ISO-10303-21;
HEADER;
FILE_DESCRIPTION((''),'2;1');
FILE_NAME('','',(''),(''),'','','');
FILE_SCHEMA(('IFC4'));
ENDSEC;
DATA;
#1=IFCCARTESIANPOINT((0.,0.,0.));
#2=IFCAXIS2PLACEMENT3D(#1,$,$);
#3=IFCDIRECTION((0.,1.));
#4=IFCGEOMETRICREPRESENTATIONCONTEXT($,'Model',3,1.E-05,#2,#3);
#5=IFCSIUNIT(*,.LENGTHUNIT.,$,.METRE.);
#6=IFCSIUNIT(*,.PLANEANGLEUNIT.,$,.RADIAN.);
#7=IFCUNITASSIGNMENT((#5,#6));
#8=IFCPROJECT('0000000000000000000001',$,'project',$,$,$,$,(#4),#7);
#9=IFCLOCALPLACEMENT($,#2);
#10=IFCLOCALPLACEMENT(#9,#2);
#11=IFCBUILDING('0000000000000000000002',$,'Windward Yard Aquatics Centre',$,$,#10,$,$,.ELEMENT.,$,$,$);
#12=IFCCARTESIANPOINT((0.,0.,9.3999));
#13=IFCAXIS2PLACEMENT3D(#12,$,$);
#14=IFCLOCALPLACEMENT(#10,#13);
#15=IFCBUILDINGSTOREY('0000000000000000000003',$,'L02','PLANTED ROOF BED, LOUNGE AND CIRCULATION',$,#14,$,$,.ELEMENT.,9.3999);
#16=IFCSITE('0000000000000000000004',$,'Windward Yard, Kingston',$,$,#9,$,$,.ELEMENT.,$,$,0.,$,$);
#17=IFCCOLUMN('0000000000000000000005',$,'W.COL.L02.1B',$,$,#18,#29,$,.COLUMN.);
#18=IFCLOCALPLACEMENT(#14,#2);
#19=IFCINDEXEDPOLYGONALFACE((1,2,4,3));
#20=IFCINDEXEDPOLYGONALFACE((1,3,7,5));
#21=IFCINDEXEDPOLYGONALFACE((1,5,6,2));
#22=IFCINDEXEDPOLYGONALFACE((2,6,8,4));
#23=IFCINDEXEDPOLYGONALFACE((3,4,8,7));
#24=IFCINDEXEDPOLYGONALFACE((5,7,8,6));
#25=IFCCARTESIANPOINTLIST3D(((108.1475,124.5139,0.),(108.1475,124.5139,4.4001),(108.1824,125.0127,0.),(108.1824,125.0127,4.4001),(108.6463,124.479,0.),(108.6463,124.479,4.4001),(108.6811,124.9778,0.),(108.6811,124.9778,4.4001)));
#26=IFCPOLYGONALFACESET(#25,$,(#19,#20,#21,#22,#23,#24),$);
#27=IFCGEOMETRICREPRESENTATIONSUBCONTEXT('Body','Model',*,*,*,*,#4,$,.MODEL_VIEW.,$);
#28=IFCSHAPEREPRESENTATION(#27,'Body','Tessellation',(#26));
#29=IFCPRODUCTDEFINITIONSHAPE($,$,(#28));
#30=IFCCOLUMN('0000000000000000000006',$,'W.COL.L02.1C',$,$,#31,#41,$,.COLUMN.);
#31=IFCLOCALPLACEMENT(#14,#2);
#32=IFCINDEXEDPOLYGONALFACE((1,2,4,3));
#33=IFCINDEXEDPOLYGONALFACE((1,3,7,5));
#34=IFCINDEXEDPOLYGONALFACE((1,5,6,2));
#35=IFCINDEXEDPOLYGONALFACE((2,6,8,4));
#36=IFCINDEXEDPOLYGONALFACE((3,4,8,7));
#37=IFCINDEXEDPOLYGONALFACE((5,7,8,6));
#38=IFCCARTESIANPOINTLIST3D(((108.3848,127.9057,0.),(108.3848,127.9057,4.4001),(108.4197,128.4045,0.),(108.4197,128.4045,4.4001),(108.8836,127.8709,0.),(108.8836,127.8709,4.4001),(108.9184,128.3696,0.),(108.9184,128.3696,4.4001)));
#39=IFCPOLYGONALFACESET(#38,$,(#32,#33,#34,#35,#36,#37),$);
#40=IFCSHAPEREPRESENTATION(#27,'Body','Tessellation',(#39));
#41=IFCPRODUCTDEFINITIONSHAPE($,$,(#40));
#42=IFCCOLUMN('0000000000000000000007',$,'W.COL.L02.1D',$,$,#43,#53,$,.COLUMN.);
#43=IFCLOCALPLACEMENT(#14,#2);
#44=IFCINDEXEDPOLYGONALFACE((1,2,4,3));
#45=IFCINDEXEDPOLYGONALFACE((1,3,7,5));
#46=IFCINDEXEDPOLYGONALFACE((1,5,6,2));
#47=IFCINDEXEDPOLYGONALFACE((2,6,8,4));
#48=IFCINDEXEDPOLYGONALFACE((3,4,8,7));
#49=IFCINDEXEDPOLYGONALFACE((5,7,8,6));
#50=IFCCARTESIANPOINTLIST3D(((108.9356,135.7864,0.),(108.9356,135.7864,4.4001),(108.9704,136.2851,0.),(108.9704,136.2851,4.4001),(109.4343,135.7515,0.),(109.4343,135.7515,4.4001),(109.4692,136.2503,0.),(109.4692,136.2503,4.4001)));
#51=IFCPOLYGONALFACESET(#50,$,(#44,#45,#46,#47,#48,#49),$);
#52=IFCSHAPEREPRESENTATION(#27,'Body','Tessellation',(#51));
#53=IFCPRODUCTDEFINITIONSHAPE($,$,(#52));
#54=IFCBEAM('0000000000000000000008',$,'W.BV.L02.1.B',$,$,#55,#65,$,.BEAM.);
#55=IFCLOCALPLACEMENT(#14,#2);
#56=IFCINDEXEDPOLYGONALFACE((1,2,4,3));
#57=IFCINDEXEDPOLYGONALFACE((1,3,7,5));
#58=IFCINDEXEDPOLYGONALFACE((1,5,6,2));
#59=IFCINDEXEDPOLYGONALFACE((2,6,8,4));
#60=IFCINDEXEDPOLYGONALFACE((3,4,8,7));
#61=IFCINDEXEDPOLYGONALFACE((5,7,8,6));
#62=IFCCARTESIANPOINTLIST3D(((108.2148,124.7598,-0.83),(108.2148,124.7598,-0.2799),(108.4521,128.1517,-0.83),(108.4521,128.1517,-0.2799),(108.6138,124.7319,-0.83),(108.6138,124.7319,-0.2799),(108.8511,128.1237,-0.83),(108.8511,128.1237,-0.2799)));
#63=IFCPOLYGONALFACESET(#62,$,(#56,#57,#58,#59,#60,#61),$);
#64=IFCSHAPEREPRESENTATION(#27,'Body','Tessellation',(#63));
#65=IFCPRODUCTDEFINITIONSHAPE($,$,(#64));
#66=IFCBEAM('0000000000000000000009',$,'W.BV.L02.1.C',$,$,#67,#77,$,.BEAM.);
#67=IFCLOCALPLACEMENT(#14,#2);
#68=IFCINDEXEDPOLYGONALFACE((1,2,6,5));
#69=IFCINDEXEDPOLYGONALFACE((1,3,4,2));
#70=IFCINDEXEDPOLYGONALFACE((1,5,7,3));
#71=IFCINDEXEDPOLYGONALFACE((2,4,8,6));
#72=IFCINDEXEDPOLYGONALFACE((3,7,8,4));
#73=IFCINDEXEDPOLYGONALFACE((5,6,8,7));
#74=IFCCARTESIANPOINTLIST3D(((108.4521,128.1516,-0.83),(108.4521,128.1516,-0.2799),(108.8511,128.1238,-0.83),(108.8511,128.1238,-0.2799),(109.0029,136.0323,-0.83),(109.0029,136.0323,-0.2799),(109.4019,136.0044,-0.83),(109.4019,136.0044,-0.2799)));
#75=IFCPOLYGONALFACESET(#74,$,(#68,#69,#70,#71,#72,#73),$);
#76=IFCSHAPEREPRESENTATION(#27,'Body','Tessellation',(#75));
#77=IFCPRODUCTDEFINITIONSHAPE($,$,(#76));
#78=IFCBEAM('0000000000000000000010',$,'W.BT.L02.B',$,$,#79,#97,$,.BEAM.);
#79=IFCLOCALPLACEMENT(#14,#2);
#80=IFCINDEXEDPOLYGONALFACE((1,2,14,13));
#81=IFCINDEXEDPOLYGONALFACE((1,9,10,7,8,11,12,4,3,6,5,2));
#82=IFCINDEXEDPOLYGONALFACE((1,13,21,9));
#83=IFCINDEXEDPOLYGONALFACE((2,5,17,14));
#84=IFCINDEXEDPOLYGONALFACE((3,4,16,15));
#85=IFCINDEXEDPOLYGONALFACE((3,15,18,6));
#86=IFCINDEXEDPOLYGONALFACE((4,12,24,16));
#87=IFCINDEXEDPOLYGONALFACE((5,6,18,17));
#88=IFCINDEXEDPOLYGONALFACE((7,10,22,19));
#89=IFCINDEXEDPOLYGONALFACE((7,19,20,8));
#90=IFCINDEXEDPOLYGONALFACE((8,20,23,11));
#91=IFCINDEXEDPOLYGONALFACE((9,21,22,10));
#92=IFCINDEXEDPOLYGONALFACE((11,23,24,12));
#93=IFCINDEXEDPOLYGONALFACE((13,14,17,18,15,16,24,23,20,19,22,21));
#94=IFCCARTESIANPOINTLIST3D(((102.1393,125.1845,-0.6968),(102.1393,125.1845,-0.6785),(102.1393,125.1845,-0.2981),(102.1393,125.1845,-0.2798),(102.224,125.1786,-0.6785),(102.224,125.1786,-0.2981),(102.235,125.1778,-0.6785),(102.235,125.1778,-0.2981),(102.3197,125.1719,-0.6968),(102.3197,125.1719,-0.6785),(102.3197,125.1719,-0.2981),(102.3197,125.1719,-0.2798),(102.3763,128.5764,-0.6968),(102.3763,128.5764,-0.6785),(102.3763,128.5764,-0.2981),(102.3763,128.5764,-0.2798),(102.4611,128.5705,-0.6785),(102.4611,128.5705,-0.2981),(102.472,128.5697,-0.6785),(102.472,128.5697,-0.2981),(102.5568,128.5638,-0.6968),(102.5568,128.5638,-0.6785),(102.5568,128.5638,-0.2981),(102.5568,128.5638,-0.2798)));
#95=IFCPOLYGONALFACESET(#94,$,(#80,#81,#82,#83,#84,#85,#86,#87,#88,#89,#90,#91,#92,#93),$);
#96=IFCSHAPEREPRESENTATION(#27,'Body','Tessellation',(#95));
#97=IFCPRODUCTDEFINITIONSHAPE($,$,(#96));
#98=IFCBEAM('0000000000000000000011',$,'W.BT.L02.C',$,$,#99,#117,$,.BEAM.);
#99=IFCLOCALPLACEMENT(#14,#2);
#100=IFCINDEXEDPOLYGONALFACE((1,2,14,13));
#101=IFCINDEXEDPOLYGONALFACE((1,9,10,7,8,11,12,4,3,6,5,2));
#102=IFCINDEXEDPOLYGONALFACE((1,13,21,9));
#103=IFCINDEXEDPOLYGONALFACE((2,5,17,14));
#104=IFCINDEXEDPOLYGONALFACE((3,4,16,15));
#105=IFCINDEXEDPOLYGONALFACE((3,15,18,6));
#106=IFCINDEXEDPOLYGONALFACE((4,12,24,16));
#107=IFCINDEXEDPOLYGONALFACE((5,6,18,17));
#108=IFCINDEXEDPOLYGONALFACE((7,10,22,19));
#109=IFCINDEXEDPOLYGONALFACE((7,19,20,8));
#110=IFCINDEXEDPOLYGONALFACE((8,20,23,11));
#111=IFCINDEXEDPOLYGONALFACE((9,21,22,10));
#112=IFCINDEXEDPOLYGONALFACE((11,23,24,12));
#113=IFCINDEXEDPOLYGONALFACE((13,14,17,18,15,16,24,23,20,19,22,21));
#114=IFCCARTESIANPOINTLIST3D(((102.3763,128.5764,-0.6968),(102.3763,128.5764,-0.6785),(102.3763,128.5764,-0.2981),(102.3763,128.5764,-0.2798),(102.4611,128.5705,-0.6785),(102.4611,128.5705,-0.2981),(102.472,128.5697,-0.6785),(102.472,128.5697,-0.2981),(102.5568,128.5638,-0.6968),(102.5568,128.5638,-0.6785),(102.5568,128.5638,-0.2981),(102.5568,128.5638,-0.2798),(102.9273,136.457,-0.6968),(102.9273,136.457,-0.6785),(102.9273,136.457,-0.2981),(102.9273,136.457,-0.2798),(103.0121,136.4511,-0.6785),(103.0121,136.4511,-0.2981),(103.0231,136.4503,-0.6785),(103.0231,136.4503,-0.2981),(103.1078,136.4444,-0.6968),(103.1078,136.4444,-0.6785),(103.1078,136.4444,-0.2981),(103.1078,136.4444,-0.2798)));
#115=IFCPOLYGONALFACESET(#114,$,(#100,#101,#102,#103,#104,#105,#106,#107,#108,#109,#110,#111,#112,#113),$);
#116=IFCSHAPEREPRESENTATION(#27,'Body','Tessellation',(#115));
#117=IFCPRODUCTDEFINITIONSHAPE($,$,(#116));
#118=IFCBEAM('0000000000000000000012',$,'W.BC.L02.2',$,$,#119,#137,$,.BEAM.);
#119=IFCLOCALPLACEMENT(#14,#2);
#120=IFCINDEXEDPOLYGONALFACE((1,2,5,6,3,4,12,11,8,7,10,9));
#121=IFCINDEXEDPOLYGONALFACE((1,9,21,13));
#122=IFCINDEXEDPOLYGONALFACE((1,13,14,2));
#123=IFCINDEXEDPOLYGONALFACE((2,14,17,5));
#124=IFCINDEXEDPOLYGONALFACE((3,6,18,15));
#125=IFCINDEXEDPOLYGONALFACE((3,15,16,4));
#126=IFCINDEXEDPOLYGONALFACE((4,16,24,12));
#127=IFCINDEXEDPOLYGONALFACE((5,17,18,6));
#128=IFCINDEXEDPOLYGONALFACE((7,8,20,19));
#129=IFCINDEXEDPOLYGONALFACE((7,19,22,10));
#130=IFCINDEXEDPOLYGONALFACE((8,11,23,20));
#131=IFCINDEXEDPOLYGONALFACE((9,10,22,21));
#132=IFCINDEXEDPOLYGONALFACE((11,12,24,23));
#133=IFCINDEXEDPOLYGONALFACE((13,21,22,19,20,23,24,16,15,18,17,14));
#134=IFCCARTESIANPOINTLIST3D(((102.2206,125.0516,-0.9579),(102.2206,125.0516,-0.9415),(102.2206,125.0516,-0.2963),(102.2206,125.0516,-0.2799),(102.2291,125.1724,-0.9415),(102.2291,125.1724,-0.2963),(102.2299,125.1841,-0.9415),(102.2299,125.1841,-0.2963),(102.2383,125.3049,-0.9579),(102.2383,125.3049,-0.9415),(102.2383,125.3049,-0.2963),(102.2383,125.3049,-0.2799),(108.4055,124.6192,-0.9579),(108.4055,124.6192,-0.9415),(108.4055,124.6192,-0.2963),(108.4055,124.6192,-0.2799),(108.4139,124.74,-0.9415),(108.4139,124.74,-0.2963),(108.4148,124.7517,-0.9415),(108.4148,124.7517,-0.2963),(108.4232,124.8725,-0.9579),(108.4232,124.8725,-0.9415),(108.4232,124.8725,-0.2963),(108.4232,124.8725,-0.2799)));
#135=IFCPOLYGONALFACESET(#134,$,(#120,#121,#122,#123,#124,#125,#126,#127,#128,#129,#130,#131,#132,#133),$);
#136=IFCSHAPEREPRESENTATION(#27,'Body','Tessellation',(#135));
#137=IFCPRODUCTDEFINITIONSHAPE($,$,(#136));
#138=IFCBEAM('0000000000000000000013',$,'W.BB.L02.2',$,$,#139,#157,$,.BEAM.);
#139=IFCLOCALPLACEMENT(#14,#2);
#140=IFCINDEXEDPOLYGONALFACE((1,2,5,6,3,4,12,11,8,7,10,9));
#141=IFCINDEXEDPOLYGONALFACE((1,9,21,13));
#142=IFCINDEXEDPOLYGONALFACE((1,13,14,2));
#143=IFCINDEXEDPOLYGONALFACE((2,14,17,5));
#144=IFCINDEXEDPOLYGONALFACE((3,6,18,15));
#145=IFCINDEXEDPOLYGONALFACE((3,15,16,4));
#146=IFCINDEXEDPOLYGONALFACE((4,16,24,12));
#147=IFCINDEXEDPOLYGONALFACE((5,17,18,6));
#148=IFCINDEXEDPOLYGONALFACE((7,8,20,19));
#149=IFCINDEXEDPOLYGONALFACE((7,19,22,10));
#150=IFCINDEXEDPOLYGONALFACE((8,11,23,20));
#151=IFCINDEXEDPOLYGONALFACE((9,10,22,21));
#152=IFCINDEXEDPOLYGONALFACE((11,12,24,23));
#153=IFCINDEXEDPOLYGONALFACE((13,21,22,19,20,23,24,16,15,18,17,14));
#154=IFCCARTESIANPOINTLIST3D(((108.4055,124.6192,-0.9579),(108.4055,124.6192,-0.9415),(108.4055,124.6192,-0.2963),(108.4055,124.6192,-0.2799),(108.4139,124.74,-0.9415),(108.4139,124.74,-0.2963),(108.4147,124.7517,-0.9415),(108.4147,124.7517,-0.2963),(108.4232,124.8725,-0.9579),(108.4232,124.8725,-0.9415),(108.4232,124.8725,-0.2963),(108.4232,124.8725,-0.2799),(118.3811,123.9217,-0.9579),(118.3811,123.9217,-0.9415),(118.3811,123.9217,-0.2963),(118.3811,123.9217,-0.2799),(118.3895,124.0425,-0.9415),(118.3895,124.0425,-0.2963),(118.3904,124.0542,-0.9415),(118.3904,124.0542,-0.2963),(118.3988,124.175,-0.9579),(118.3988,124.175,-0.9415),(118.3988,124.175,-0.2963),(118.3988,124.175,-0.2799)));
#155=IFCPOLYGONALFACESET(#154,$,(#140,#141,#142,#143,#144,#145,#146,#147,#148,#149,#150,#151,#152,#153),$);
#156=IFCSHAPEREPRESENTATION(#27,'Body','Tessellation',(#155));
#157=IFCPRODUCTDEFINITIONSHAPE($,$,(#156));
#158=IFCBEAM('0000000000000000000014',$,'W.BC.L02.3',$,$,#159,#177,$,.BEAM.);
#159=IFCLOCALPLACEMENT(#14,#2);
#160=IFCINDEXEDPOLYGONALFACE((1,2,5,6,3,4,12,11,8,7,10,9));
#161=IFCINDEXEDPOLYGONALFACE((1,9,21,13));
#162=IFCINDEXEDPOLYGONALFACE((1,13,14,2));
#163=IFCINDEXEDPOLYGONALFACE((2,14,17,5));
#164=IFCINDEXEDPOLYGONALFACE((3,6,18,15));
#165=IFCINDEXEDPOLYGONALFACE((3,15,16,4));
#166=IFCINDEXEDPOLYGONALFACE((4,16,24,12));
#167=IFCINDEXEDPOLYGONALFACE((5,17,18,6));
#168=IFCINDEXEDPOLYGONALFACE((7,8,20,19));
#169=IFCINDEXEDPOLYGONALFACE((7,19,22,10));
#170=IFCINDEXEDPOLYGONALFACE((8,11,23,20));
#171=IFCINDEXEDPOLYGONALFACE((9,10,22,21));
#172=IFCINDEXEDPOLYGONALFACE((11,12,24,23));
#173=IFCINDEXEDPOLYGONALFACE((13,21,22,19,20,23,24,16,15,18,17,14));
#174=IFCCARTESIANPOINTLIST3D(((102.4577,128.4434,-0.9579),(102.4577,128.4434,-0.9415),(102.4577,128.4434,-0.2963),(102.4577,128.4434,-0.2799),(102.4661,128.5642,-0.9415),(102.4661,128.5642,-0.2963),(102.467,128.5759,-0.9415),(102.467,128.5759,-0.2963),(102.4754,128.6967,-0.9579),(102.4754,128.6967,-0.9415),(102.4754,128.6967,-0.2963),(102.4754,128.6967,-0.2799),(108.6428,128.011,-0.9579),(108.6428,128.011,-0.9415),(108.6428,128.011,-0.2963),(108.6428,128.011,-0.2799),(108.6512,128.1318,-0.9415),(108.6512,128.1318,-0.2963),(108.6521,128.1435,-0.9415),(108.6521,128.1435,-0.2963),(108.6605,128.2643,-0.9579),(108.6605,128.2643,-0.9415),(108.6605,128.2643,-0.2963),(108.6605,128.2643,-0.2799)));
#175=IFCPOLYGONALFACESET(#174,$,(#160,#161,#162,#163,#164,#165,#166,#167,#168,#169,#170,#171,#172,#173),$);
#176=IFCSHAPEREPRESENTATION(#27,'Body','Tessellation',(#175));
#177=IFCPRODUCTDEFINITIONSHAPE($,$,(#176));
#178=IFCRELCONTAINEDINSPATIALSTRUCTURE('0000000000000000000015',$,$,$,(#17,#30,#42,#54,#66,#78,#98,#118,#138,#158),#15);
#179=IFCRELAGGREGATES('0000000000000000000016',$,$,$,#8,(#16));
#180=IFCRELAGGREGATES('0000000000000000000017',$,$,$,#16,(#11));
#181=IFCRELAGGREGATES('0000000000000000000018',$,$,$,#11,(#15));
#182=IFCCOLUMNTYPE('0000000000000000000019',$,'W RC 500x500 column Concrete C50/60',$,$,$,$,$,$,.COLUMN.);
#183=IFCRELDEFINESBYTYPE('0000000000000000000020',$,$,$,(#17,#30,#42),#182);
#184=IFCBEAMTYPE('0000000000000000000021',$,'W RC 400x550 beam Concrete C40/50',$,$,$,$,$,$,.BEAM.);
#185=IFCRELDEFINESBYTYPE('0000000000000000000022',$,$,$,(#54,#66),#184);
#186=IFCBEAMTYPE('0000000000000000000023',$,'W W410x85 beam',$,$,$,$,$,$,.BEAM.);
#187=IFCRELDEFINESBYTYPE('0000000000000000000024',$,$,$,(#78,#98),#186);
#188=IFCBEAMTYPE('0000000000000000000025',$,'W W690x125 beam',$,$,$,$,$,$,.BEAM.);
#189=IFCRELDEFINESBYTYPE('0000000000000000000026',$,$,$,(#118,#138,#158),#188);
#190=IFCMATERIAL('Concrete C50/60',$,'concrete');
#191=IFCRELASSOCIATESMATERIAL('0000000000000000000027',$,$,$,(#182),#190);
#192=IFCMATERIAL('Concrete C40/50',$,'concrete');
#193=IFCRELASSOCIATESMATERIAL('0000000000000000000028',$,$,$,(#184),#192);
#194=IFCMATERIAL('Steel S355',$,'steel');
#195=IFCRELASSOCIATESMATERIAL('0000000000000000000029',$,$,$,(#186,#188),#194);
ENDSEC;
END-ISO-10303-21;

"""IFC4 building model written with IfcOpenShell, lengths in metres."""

from ifc_helpers import new_model, si_unit, direction, frame, origin, origin_2d, place, context, subcontext, project, spatial, rectangle, i_section, extrude, material, material_profile, profile_set, type_object, element, save


model = new_model("IFC4")

# Units and contexts
model_context = context("Model", 3, precision=1e-05, world=origin(), true_north=direction((0.0, 1.0)))
body_context = subcontext(model_context, "Body", "Model", "MODEL_VIEW")
ifc_project = project(units=[si_unit("LENGTHUNIT", "METRE"), si_unit("PLANEANGLEUNIT", "RADIAN")], contexts=[model_context])

# Site, building, storey
site_placement = place(None, origin())
site = spatial("IfcSite", under=ifc_project, at=site_placement, Name="Windward Yard, Kingston", CompositionType="ELEMENT", RefElevation=0.0)
building_placement = place(site_placement, origin())
building = spatial("IfcBuilding", under=site, at=building_placement, Name="Windward Yard Aquatics Centre", CompositionType="ELEMENT")
storey_placement = place(building_placement, frame((0.0, 0.0, 9.3999)))
storey = spatial("IfcBuildingStorey", under=building, at=storey_placement, Name="L02", Description="PLANTED ROOF BED, LOUNGE AND CIRCULATION", CompositionType="ELEMENT", Elevation=9.3999)

# Columns
ifc_material_1 = material(Name="Concrete C50/60", Category="concrete")
ifc_material_profile_1 = material_profile(ifc_material_1, rectangle(XDim=0.5, YDim=0.5, at=origin_2d()), Name="RC 500x500")
ifc_profile_set_1 = profile_set([ifc_material_profile_1], Name="Concrete C50/60")
column_type = type_object("IfcColumnType", Name="W RC 500x500 column Concrete C50/60", PredefinedType="COLUMN", material=ifc_profile_set_1)
for number, where, z_axis, x_axis, name in (
    (1, (108.4143, 124.7458, 0.0), (0.0, 0.0, 1.0), (0.997564, -0.069756, 0.0), "W.COL.L02.1B"),
    (2, (108.6516, 128.1377, 0.0), (0.0, 0.0, 1.0), (0.997564, -0.069756, 0.0), "W.COL.L02.1C"),
    (3, (109.2024, 136.0183, 0.0), (0.0, 0.0, 1.0), (0.997564, -0.069756, 0.0), "W.COL.L02.1D"),
):
    element("IfcColumn", number, at=place(storey_placement, frame(where, z_axis=z_axis, x_axis=x_axis)), inside=storey, type_object=column_type, Name=name, PredefinedType="COLUMN", context=body_context, shape_type="SweptSolid", body=[
        extrude(rectangle(XDim=0.5, YDim=0.5, at=origin_2d()), origin(), (0.0, 0.0, 1.0), 4.4001),
    ])

# Beams
ifc_material_2 = material(Name="Concrete C40/50", Category="concrete")
ifc_material_profile_2 = material_profile(ifc_material_2, rectangle(XDim=0.3999, YDim=0.55, at=origin_2d()), Name="RC 400x550")
ifc_profile_set_2 = profile_set([ifc_material_profile_2], Name="Concrete C40/50")
beam_type_1 = type_object("IfcBeamType", Name="W RC 400x550 beam Concrete C40/50", PredefinedType="BEAM", material=ifc_profile_set_2)
beam_1_placement = place(storey_placement, frame((108.4143, 124.7458, -0.5549), z_axis=(0.069793, 0.997562, 0.0), x_axis=(-0.997562, 0.069793, 0.0)))
element("IfcBeam", 4, at=beam_1_placement, inside=storey, type_object=beam_type_1, Name="W.BV.L02.1.B", PredefinedType="BEAM", context=body_context, shape_type="SweptSolid", body=[
    extrude(rectangle(XDim=0.3999, YDim=0.55, at=origin_2d()), origin(), (0.0, 0.0, 1.0), 3.4001),
])
beam_2_placement = place(storey_placement, frame((108.6516, 128.1377, -0.5549), z_axis=(0.069721, 0.997567, 0.0), x_axis=(-0.997567, 0.069721, 0.0)))
element("IfcBeam", 5, at=beam_2_placement, inside=storey, type_object=beam_type_1, Name="W.BV.L02.1.C", PredefinedType="BEAM", context=body_context, shape_type="SweptSolid", body=[
    extrude(rectangle(XDim=0.3999, YDim=0.55, at=origin_2d()), origin(), (0.0, 0.0, 1.0), 7.8999),
])
ifc_material_3 = material(Name="Steel S355", Category="steel")
ifc_material_profile_3 = material_profile(ifc_material_3, i_section(OverallWidth=0.1809, OverallDepth=0.417, WebThickness=0.011, FlangeThickness=0.0183, at=origin_2d()), Name="W410x85")
ifc_profile_set_3 = profile_set([ifc_material_profile_3], Name="Steel S355")
beam_type_2 = type_object("IfcBeamType", Name="W W410x85 beam", PredefinedType="BEAM", material=ifc_profile_set_3)
beam_3_placement = place(storey_placement, frame((102.2295, 125.1782, -0.4883), z_axis=(0.069721, 0.997567, 0.0), x_axis=(-0.997567, 0.069721, 0.0)))
element("IfcBeam", 6, at=beam_3_placement, inside=storey, type_object=beam_type_2, Name="W.BT.L02.B", PredefinedType="BEAM", context=body_context, shape_type="SweptSolid", body=[
    extrude(i_section(OverallWidth=0.1809, OverallDepth=0.417, WebThickness=0.011, FlangeThickness=0.0183, at=origin_2d()), origin(), (0.0, 0.0, 1.0), 3.4001),
])
beam_4_placement = place(storey_placement, frame((102.4666, 128.5701, -0.4883), z_axis=(0.069751, 0.997564, 0.0), x_axis=(-0.997564, 0.069751, 0.0)))
element("IfcBeam", 7, at=beam_4_placement, inside=storey, type_object=beam_type_2, Name="W.BT.L02.C", PredefinedType="BEAM", context=body_context, shape_type="SweptSolid", body=[
    extrude(i_section(OverallWidth=0.1809, OverallDepth=0.417, WebThickness=0.011, FlangeThickness=0.0183, at=origin_2d()), origin(), (0.0, 0.0, 1.0), 7.8999),
])
ifc_material_profile_4 = material_profile(ifc_material_3, i_section(OverallWidth=0.2539, OverallDepth=0.678, WebThickness=0.0117, FlangeThickness=0.0164, at=origin_2d()), Name="W690x125")
ifc_profile_set_4 = profile_set([ifc_material_profile_4], Name="Steel S355")
beam_type_3 = type_object("IfcBeamType", Name="W W690x125 beam", PredefinedType="BEAM", material=ifc_profile_set_4)
beam_5_placement = place(storey_placement, frame((102.2295, 125.1782, -0.6189), z_axis=(0.997565, -0.069739, 0.0), x_axis=(0.069739, 0.997565, 0.0)))
element("IfcBeam", 8, at=beam_5_placement, inside=storey, type_object=beam_type_3, Name="W.BC.L02.2", PredefinedType="BEAM", context=body_context, shape_type="SweptSolid", body=[
    extrude(i_section(OverallWidth=0.2539, OverallDepth=0.678, WebThickness=0.0117, FlangeThickness=0.0164, at=origin_2d()), origin(), (0.0, 0.0, 1.0), 6.2),
])
beam_6_placement = place(storey_placement, frame((108.4143, 124.7458, -0.6189), z_axis=(0.997564, -0.069751, 0.0), x_axis=(0.069751, 0.997564, 0.0)))
element("IfcBeam", 9, at=beam_6_placement, inside=storey, type_object=beam_type_3, Name="W.BB.L02.2", PredefinedType="BEAM", context=body_context, shape_type="SweptSolid", body=[
    extrude(i_section(OverallWidth=0.2539, OverallDepth=0.678, WebThickness=0.0117, FlangeThickness=0.0164, at=origin_2d()), origin(), (0.0, 0.0, 1.0), 10.0),
])
beam_7_placement = place(storey_placement, frame((102.4666, 128.5701, -0.6189), z_axis=(0.997565, -0.069736, 0.0), x_axis=(0.069736, 0.997565, 0.0)))
element("IfcBeam", 10, at=beam_7_placement, inside=storey, type_object=beam_type_3, Name="W.BC.L02.3", PredefinedType="BEAM", context=body_context, shape_type="SweptSolid", body=[
    extrude(i_section(OverallWidth=0.2539, OverallDepth=0.678, WebThickness=0.0117, FlangeThickness=0.0164, at=origin_2d()), origin(), (0.0, 0.0, 1.0), 6.2002),
])

save(model, "model.ifc")
